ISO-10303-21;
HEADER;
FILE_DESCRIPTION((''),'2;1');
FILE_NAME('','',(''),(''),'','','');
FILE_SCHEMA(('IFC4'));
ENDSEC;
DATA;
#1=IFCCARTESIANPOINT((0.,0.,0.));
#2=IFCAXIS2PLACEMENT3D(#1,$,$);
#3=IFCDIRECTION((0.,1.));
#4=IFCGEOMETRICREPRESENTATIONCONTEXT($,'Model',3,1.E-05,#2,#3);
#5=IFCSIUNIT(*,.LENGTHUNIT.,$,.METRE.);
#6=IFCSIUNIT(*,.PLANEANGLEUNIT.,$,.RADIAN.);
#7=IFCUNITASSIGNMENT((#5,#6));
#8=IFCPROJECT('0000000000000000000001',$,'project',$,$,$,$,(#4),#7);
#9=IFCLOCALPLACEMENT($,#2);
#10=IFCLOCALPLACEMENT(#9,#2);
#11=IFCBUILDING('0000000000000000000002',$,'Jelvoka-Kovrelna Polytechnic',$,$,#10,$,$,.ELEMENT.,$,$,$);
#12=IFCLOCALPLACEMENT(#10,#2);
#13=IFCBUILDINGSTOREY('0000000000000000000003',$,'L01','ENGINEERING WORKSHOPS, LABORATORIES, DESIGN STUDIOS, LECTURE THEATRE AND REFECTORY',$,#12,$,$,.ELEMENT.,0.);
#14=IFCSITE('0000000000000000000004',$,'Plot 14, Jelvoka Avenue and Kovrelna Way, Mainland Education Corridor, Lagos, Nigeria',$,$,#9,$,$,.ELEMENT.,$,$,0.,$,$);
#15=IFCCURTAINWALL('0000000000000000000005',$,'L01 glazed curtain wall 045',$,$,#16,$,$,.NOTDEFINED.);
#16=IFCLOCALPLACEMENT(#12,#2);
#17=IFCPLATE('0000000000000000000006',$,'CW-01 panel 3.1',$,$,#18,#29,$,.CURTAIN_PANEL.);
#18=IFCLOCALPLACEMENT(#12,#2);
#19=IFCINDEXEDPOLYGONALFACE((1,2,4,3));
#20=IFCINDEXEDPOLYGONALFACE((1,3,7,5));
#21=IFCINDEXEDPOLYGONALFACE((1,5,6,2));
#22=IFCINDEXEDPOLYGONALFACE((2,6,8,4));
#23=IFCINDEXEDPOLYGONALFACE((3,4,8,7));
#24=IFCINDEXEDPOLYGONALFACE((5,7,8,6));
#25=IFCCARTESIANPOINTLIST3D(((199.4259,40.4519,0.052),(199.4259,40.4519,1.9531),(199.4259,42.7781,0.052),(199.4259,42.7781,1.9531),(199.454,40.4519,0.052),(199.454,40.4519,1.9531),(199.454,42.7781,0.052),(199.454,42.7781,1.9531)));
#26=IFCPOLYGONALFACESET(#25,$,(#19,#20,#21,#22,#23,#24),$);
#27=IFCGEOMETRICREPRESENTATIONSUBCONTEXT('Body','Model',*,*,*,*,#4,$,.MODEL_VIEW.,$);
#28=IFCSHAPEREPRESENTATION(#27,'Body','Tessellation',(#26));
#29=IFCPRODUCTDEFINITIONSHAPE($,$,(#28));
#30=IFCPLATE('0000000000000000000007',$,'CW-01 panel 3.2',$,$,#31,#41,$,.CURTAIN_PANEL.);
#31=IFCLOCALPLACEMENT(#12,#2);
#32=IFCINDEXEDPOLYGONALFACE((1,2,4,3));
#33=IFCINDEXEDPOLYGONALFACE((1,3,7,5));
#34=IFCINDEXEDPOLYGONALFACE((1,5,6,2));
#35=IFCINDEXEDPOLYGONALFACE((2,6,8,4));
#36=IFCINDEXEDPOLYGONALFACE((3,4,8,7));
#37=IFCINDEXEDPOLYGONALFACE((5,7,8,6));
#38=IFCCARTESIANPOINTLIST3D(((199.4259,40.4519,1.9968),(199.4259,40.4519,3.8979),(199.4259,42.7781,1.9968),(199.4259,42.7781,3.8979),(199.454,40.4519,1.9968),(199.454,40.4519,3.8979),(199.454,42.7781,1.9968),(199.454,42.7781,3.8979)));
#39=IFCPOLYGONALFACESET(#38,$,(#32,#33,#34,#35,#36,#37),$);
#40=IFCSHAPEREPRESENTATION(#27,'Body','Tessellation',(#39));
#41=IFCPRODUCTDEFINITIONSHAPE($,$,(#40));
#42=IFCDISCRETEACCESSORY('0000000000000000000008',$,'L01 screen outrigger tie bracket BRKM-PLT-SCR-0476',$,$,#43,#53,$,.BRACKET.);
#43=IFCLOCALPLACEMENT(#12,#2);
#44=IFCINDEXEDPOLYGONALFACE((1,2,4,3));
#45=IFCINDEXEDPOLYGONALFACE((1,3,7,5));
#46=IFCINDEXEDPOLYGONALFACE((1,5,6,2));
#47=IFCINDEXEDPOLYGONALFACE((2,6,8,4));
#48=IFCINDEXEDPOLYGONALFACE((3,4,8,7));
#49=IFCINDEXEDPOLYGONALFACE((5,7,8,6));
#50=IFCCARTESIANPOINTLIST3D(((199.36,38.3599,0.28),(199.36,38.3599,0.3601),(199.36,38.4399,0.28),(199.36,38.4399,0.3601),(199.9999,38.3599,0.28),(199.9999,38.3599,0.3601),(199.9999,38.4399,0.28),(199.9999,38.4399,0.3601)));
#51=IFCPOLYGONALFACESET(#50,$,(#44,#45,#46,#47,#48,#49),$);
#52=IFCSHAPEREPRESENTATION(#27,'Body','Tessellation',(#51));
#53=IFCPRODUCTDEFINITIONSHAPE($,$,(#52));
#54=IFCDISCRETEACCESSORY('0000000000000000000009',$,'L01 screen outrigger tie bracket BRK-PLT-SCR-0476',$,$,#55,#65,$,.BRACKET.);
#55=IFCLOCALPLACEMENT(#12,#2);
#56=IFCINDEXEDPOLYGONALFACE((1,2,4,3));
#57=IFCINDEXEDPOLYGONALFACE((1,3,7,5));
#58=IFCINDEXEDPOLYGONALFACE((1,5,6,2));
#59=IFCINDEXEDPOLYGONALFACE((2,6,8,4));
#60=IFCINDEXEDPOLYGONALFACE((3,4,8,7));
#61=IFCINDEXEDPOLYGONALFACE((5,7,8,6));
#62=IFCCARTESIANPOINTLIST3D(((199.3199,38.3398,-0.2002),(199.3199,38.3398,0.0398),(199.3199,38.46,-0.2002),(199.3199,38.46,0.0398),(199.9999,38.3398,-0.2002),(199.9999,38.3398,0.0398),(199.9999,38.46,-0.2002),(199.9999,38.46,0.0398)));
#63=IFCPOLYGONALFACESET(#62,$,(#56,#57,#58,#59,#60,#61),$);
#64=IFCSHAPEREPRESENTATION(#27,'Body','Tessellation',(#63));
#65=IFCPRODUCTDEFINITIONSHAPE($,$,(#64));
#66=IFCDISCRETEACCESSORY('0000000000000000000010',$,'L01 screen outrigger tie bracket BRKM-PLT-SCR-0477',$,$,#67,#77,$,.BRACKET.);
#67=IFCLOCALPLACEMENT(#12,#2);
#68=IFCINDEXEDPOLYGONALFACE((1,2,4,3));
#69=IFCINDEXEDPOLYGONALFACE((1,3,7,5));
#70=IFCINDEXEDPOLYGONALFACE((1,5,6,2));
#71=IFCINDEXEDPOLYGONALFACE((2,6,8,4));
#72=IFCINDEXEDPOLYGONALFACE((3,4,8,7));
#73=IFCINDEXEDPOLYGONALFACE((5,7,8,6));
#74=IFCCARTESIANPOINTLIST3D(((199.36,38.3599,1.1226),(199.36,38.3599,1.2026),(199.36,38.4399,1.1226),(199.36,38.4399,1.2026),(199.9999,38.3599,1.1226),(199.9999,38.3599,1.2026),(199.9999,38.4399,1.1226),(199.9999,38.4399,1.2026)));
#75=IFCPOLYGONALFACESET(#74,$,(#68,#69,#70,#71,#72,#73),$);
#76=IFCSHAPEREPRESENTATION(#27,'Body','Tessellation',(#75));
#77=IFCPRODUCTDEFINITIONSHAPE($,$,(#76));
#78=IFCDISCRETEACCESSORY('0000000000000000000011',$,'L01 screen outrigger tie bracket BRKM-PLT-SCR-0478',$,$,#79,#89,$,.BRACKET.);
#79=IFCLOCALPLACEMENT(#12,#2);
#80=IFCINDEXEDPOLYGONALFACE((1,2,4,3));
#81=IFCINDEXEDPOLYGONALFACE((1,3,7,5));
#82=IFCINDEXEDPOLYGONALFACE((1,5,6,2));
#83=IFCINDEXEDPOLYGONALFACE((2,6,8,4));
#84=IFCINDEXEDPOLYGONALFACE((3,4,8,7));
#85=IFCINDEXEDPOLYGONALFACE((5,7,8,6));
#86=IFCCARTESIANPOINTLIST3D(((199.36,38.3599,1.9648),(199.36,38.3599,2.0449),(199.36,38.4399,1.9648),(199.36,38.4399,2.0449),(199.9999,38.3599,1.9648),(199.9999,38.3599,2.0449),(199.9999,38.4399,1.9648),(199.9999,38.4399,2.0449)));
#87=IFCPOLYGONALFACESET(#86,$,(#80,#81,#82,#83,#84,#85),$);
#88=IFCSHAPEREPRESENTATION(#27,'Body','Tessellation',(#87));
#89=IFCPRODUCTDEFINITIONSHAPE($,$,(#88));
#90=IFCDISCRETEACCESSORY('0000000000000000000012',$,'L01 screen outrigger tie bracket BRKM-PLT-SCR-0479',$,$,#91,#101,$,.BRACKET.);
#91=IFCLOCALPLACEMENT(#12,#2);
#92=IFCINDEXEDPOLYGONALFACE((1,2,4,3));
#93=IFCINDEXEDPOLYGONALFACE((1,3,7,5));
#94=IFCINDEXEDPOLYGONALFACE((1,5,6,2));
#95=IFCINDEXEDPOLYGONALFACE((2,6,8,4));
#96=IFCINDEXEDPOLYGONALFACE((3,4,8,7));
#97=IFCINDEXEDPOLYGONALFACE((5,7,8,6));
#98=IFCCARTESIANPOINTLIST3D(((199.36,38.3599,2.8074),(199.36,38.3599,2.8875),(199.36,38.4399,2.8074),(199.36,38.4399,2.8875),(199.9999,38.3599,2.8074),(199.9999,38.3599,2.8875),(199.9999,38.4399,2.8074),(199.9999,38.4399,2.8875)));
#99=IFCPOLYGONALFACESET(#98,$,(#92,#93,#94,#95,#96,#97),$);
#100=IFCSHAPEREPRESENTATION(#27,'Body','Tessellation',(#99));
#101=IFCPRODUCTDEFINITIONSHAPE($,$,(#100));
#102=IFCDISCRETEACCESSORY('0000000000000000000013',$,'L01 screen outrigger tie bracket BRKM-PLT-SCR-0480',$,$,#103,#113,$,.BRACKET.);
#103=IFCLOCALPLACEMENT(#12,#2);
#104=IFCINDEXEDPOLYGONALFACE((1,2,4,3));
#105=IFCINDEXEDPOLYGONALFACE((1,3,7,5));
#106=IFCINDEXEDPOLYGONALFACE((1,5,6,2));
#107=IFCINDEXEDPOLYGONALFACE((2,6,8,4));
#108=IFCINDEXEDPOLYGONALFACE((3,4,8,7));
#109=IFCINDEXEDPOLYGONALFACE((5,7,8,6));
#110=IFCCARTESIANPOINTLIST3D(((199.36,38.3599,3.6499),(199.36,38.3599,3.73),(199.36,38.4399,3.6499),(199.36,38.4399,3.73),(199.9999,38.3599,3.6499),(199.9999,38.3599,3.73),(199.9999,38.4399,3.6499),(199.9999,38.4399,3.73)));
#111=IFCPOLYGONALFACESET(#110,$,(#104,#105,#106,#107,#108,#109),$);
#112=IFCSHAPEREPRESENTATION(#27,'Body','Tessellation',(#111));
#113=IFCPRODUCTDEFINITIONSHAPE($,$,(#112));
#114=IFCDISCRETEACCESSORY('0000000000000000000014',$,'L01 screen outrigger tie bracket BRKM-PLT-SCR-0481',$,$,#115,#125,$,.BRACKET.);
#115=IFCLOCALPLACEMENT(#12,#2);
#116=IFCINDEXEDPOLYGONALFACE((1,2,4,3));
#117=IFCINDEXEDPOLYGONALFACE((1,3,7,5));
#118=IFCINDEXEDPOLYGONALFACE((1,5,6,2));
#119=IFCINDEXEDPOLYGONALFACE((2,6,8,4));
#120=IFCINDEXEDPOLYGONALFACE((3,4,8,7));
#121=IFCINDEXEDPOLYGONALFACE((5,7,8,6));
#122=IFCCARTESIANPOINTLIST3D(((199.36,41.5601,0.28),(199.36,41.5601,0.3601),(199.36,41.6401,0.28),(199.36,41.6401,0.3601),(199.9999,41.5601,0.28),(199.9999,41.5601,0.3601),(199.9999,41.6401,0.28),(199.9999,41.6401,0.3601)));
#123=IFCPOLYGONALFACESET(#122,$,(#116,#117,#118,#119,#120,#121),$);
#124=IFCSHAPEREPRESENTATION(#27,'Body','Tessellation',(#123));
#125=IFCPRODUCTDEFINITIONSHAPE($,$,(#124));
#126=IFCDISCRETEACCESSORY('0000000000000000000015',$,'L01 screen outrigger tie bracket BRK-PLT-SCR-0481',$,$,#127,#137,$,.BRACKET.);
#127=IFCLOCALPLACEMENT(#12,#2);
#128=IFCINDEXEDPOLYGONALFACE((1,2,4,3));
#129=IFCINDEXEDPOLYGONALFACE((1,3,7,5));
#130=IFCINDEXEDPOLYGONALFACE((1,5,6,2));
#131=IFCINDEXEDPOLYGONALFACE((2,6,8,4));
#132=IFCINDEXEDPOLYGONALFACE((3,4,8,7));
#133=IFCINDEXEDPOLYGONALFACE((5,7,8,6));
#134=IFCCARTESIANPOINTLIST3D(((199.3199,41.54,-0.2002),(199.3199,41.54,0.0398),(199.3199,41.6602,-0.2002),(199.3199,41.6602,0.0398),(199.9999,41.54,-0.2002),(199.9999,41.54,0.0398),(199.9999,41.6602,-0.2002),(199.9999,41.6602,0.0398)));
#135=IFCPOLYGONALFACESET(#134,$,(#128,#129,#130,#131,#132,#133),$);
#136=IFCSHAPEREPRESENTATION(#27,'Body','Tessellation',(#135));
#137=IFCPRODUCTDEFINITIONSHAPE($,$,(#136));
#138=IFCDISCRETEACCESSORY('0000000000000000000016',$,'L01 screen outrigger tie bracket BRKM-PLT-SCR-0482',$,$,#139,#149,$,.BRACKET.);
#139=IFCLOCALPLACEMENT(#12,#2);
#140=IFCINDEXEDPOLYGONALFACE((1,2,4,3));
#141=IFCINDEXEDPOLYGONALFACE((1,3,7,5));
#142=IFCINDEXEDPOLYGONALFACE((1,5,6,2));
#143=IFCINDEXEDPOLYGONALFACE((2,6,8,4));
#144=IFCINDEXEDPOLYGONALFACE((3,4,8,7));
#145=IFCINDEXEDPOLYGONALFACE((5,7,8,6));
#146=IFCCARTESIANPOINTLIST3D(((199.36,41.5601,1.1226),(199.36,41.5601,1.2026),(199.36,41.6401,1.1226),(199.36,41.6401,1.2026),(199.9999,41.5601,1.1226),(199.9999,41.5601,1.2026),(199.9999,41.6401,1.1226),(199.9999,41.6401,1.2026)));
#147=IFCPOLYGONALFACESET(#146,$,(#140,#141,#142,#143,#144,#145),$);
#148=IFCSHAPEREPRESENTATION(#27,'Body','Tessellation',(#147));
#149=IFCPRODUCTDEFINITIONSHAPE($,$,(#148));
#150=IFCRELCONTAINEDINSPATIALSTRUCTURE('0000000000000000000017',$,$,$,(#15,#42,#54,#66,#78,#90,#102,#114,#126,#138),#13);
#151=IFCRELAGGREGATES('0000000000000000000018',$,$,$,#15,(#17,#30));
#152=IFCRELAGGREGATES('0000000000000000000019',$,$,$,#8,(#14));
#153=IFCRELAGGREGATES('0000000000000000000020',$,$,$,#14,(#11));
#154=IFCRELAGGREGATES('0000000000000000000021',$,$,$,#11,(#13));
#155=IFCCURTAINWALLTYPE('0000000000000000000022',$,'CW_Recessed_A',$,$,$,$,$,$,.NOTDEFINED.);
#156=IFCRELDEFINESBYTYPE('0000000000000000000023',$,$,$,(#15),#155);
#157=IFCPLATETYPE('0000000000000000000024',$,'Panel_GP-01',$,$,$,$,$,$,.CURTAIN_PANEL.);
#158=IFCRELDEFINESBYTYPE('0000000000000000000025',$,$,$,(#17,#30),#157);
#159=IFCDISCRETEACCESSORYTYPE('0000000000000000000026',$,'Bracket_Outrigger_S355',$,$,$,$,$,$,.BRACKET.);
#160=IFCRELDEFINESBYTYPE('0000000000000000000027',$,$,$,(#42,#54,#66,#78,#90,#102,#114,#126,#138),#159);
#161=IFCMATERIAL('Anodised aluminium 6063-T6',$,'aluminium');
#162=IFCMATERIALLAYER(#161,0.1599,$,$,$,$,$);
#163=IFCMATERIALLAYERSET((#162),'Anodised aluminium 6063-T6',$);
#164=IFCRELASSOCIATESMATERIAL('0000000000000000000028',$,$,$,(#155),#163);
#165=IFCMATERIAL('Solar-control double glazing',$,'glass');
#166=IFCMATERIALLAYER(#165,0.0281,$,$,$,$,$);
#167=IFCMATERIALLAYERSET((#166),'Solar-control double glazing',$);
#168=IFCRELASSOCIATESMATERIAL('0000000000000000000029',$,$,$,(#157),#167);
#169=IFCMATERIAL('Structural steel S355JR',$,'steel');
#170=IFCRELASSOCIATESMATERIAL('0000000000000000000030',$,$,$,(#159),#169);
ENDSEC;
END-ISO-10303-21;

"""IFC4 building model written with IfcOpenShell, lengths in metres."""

from ifc_helpers import new_model, si_unit, direction, frame, origin, origin_2d, place, context, subcontext, project, spatial, rectangle, extrude, material, layer, layer_set, type_object, element, aggregate, save


model = new_model("IFC4")

# Units and contexts
model_context = context("Model", 3, precision=1e-05, world=origin(), true_north=direction((0.0, 1.0)))
body_context = subcontext(model_context, "Body", "Model", "MODEL_VIEW")
ifc_project = project(units=[si_unit("LENGTHUNIT", "METRE"), si_unit("PLANEANGLEUNIT", "RADIAN")], contexts=[model_context])

# Site, building, storey
site_placement = place(None, origin())
site = spatial("IfcSite", under=ifc_project, at=site_placement, Name="Plot 14, Jelvoka Avenue and Kovrelna Way, Mainland Education Corridor, Lagos, Nigeria", CompositionType="ELEMENT", RefElevation=0.0)
building_placement = place(site_placement, origin())
building = spatial("IfcBuilding", under=site, at=building_placement, Name="Jelvoka-Kovrelna Polytechnic", CompositionType="ELEMENT")
storey_placement = place(building_placement, origin())
storey = spatial("IfcBuildingStorey", under=building, at=storey_placement, Name="L01", Description="ENGINEERING WORKSHOPS, LABORATORIES, DESIGN STUDIOS, LECTURE THEATRE AND REFECTORY", CompositionType="ELEMENT", Elevation=0.0)

# Shared definitions
ifc_material_1 = material(Name="Anodised aluminium 6063-T6", Category="aluminium")
ifc_layer_1 = layer(ifc_material_1, 0.1599)
ifc_layer_set_1 = layer_set([ifc_layer_1], Name="Anodised aluminium 6063-T6")
curtain_wall_type = type_object("IfcCurtainWallType", Name="CW_Recessed_A", PredefinedType="NOTDEFINED", material=ifc_layer_set_1)

# Curtain wall
curtain_wall_1_placement = place(storey_placement, origin())
curtain_wall_1 = element("IfcCurtainWall", 1, at=curtain_wall_1_placement, inside=storey, type_object=curtain_wall_type, Name="L01 glazed curtain wall 045", PredefinedType="NOTDEFINED")

# Plates
ifc_material_2 = material(Name="Solar-control double glazing", Category="glass")
ifc_layer_2 = layer(ifc_material_2, 0.0281)
ifc_layer_set_2 = layer_set([ifc_layer_2], Name="Solar-control double glazing")
plate_type = type_object("IfcPlateType", Name="Panel_GP-01", PredefinedType="CURTAIN_PANEL", material=ifc_layer_set_2)
plate_1_placement = place(storey_placement, frame((199.4399, 41.615, 0.052), z_axis=(0.0, 0.0, 1.0), x_axis=(0.0, -1.0, 0.0)))
plate_1 = element("IfcPlate", 2, at=plate_1_placement, type_object=plate_type, Name="CW-01 panel 3.1", PredefinedType="CURTAIN_PANEL", context=body_context, shape_type="SweptSolid", body=[
    extrude(rectangle(XDim=2.3262, YDim=0.0281, at=origin_2d()), origin(), (0.0, 0.0, 1.0), 1.9011),
])
plate_2_placement = place(storey_placement, frame((199.4399, 41.615, 1.9968), z_axis=(0.0, 0.0, 1.0), x_axis=(0.0, -1.0, 0.0)))
plate_2 = element("IfcPlate", 3, at=plate_2_placement, type_object=plate_type, Name="CW-01 panel 3.2", PredefinedType="CURTAIN_PANEL", context=body_context, shape_type="SweptSolid", body=[
    extrude(rectangle(XDim=2.3262, YDim=0.0281, at=origin_2d()), origin(), (0.0, 0.0, 1.0), 1.9011),
])
aggregate(curtain_wall_1, [plate_1, plate_2])

# Discrete accessories
ifc_material_3 = material(Name="Structural steel S355JR", Category="steel")
discrete_accessory_type = type_object("IfcDiscreteAccessoryType", Name="Bracket_Outrigger_S355", PredefinedType="BRACKET", material=ifc_material_3)
discrete_accessory_1_placement = place(storey_placement, frame((199.6799, 38.3999, 0.28), z_axis=(0.0, 0.0, 1.0), x_axis=(1.0, 0.0, 0.0)))
element("IfcDiscreteAccessory", 4, at=discrete_accessory_1_placement, inside=storey, type_object=discrete_accessory_type, Name="L01 screen outrigger tie bracket BRKM-PLT-SCR-0476", PredefinedType="BRACKET", context=body_context, shape_type="SweptSolid", body=[
    extrude(rectangle(XDim=0.6399, YDim=0.0801, at=origin_2d()), origin(), (0.0, 0.0, 1.0), 0.0801),
])
discrete_accessory_2_placement = place(storey_placement, frame((199.6599, 38.3999, -0.2002), z_axis=(0.0, 0.0, 1.0), x_axis=(1.0, 0.0, 0.0)))
element("IfcDiscreteAccessory", 5, at=discrete_accessory_2_placement, inside=storey, type_object=discrete_accessory_type, Name="L01 screen outrigger tie bracket BRK-PLT-SCR-0476", PredefinedType="BRACKET", context=body_context, shape_type="SweptSolid", body=[
    extrude(rectangle(XDim=0.6799, YDim=0.1201, at=origin_2d()), origin(), (0.0, 0.0, 1.0), 0.24),
])
for number, where, z_axis, x_axis, name in (
    (6, (199.6799, 38.3999, 1.1226), (0.0, 0.0, 1.0), (1.0, 0.0, 0.0), "L01 screen outrigger tie bracket BRKM-PLT-SCR-0477"),
    (7, (199.6799, 38.3999, 1.9648), (0.0, 0.0, 1.0), (1.0, 0.0, 0.0), "L01 screen outrigger tie bracket BRKM-PLT-SCR-0478"),
    (8, (199.6799, 38.3999, 2.8074), (0.0, 0.0, 1.0), (1.0, 0.0, 0.0), "L01 screen outrigger tie bracket BRKM-PLT-SCR-0479"),
    (9, (199.6799, 38.3999, 3.6499), (0.0, 0.0, 1.0), (1.0, 0.0, 0.0), "L01 screen outrigger tie bracket BRKM-PLT-SCR-0480"),
    (10, (199.6799, 41.6001, 0.28), (0.0, 0.0, 1.0), (1.0, 0.0, 0.0), "L01 screen outrigger tie bracket BRKM-PLT-SCR-0481"),
):
    element("IfcDiscreteAccessory", number, at=place(storey_placement, frame(where, z_axis=z_axis, x_axis=x_axis)), inside=storey, type_object=discrete_accessory_type, Name=name, PredefinedType="BRACKET", context=body_context, shape_type="SweptSolid", body=[
        extrude(rectangle(XDim=0.6399, YDim=0.0801, at=origin_2d()), origin(), (0.0, 0.0, 1.0), 0.0801),
    ])
discrete_accessory_3_placement = place(storey_placement, frame((199.6599, 41.6001, -0.2002), z_axis=(0.0, 0.0, 1.0), x_axis=(1.0, 0.0, 0.0)))
element("IfcDiscreteAccessory", 11, at=discrete_accessory_3_placement, inside=storey, type_object=discrete_accessory_type, Name="L01 screen outrigger tie bracket BRK-PLT-SCR-0481", PredefinedType="BRACKET", context=body_context, shape_type="SweptSolid", body=[
    extrude(rectangle(XDim=0.6799, YDim=0.1201, at=origin_2d()), origin(), (0.0, 0.0, 1.0), 0.24),
])
discrete_accessory_4_placement = place(storey_placement, frame((199.6799, 41.6001, 1.1226), z_axis=(0.0, 0.0, 1.0), x_axis=(1.0, 0.0, 0.0)))
element("IfcDiscreteAccessory", 12, at=discrete_accessory_4_placement, inside=storey, type_object=discrete_accessory_type, Name="L01 screen outrigger tie bracket BRKM-PLT-SCR-0482", PredefinedType="BRACKET", context=body_context, shape_type="SweptSolid", body=[
    extrude(rectangle(XDim=0.6399, YDim=0.0801, at=origin_2d()), origin(), (0.0, 0.0, 1.0), 0.0801),
])

save(model, "model.ifc")
